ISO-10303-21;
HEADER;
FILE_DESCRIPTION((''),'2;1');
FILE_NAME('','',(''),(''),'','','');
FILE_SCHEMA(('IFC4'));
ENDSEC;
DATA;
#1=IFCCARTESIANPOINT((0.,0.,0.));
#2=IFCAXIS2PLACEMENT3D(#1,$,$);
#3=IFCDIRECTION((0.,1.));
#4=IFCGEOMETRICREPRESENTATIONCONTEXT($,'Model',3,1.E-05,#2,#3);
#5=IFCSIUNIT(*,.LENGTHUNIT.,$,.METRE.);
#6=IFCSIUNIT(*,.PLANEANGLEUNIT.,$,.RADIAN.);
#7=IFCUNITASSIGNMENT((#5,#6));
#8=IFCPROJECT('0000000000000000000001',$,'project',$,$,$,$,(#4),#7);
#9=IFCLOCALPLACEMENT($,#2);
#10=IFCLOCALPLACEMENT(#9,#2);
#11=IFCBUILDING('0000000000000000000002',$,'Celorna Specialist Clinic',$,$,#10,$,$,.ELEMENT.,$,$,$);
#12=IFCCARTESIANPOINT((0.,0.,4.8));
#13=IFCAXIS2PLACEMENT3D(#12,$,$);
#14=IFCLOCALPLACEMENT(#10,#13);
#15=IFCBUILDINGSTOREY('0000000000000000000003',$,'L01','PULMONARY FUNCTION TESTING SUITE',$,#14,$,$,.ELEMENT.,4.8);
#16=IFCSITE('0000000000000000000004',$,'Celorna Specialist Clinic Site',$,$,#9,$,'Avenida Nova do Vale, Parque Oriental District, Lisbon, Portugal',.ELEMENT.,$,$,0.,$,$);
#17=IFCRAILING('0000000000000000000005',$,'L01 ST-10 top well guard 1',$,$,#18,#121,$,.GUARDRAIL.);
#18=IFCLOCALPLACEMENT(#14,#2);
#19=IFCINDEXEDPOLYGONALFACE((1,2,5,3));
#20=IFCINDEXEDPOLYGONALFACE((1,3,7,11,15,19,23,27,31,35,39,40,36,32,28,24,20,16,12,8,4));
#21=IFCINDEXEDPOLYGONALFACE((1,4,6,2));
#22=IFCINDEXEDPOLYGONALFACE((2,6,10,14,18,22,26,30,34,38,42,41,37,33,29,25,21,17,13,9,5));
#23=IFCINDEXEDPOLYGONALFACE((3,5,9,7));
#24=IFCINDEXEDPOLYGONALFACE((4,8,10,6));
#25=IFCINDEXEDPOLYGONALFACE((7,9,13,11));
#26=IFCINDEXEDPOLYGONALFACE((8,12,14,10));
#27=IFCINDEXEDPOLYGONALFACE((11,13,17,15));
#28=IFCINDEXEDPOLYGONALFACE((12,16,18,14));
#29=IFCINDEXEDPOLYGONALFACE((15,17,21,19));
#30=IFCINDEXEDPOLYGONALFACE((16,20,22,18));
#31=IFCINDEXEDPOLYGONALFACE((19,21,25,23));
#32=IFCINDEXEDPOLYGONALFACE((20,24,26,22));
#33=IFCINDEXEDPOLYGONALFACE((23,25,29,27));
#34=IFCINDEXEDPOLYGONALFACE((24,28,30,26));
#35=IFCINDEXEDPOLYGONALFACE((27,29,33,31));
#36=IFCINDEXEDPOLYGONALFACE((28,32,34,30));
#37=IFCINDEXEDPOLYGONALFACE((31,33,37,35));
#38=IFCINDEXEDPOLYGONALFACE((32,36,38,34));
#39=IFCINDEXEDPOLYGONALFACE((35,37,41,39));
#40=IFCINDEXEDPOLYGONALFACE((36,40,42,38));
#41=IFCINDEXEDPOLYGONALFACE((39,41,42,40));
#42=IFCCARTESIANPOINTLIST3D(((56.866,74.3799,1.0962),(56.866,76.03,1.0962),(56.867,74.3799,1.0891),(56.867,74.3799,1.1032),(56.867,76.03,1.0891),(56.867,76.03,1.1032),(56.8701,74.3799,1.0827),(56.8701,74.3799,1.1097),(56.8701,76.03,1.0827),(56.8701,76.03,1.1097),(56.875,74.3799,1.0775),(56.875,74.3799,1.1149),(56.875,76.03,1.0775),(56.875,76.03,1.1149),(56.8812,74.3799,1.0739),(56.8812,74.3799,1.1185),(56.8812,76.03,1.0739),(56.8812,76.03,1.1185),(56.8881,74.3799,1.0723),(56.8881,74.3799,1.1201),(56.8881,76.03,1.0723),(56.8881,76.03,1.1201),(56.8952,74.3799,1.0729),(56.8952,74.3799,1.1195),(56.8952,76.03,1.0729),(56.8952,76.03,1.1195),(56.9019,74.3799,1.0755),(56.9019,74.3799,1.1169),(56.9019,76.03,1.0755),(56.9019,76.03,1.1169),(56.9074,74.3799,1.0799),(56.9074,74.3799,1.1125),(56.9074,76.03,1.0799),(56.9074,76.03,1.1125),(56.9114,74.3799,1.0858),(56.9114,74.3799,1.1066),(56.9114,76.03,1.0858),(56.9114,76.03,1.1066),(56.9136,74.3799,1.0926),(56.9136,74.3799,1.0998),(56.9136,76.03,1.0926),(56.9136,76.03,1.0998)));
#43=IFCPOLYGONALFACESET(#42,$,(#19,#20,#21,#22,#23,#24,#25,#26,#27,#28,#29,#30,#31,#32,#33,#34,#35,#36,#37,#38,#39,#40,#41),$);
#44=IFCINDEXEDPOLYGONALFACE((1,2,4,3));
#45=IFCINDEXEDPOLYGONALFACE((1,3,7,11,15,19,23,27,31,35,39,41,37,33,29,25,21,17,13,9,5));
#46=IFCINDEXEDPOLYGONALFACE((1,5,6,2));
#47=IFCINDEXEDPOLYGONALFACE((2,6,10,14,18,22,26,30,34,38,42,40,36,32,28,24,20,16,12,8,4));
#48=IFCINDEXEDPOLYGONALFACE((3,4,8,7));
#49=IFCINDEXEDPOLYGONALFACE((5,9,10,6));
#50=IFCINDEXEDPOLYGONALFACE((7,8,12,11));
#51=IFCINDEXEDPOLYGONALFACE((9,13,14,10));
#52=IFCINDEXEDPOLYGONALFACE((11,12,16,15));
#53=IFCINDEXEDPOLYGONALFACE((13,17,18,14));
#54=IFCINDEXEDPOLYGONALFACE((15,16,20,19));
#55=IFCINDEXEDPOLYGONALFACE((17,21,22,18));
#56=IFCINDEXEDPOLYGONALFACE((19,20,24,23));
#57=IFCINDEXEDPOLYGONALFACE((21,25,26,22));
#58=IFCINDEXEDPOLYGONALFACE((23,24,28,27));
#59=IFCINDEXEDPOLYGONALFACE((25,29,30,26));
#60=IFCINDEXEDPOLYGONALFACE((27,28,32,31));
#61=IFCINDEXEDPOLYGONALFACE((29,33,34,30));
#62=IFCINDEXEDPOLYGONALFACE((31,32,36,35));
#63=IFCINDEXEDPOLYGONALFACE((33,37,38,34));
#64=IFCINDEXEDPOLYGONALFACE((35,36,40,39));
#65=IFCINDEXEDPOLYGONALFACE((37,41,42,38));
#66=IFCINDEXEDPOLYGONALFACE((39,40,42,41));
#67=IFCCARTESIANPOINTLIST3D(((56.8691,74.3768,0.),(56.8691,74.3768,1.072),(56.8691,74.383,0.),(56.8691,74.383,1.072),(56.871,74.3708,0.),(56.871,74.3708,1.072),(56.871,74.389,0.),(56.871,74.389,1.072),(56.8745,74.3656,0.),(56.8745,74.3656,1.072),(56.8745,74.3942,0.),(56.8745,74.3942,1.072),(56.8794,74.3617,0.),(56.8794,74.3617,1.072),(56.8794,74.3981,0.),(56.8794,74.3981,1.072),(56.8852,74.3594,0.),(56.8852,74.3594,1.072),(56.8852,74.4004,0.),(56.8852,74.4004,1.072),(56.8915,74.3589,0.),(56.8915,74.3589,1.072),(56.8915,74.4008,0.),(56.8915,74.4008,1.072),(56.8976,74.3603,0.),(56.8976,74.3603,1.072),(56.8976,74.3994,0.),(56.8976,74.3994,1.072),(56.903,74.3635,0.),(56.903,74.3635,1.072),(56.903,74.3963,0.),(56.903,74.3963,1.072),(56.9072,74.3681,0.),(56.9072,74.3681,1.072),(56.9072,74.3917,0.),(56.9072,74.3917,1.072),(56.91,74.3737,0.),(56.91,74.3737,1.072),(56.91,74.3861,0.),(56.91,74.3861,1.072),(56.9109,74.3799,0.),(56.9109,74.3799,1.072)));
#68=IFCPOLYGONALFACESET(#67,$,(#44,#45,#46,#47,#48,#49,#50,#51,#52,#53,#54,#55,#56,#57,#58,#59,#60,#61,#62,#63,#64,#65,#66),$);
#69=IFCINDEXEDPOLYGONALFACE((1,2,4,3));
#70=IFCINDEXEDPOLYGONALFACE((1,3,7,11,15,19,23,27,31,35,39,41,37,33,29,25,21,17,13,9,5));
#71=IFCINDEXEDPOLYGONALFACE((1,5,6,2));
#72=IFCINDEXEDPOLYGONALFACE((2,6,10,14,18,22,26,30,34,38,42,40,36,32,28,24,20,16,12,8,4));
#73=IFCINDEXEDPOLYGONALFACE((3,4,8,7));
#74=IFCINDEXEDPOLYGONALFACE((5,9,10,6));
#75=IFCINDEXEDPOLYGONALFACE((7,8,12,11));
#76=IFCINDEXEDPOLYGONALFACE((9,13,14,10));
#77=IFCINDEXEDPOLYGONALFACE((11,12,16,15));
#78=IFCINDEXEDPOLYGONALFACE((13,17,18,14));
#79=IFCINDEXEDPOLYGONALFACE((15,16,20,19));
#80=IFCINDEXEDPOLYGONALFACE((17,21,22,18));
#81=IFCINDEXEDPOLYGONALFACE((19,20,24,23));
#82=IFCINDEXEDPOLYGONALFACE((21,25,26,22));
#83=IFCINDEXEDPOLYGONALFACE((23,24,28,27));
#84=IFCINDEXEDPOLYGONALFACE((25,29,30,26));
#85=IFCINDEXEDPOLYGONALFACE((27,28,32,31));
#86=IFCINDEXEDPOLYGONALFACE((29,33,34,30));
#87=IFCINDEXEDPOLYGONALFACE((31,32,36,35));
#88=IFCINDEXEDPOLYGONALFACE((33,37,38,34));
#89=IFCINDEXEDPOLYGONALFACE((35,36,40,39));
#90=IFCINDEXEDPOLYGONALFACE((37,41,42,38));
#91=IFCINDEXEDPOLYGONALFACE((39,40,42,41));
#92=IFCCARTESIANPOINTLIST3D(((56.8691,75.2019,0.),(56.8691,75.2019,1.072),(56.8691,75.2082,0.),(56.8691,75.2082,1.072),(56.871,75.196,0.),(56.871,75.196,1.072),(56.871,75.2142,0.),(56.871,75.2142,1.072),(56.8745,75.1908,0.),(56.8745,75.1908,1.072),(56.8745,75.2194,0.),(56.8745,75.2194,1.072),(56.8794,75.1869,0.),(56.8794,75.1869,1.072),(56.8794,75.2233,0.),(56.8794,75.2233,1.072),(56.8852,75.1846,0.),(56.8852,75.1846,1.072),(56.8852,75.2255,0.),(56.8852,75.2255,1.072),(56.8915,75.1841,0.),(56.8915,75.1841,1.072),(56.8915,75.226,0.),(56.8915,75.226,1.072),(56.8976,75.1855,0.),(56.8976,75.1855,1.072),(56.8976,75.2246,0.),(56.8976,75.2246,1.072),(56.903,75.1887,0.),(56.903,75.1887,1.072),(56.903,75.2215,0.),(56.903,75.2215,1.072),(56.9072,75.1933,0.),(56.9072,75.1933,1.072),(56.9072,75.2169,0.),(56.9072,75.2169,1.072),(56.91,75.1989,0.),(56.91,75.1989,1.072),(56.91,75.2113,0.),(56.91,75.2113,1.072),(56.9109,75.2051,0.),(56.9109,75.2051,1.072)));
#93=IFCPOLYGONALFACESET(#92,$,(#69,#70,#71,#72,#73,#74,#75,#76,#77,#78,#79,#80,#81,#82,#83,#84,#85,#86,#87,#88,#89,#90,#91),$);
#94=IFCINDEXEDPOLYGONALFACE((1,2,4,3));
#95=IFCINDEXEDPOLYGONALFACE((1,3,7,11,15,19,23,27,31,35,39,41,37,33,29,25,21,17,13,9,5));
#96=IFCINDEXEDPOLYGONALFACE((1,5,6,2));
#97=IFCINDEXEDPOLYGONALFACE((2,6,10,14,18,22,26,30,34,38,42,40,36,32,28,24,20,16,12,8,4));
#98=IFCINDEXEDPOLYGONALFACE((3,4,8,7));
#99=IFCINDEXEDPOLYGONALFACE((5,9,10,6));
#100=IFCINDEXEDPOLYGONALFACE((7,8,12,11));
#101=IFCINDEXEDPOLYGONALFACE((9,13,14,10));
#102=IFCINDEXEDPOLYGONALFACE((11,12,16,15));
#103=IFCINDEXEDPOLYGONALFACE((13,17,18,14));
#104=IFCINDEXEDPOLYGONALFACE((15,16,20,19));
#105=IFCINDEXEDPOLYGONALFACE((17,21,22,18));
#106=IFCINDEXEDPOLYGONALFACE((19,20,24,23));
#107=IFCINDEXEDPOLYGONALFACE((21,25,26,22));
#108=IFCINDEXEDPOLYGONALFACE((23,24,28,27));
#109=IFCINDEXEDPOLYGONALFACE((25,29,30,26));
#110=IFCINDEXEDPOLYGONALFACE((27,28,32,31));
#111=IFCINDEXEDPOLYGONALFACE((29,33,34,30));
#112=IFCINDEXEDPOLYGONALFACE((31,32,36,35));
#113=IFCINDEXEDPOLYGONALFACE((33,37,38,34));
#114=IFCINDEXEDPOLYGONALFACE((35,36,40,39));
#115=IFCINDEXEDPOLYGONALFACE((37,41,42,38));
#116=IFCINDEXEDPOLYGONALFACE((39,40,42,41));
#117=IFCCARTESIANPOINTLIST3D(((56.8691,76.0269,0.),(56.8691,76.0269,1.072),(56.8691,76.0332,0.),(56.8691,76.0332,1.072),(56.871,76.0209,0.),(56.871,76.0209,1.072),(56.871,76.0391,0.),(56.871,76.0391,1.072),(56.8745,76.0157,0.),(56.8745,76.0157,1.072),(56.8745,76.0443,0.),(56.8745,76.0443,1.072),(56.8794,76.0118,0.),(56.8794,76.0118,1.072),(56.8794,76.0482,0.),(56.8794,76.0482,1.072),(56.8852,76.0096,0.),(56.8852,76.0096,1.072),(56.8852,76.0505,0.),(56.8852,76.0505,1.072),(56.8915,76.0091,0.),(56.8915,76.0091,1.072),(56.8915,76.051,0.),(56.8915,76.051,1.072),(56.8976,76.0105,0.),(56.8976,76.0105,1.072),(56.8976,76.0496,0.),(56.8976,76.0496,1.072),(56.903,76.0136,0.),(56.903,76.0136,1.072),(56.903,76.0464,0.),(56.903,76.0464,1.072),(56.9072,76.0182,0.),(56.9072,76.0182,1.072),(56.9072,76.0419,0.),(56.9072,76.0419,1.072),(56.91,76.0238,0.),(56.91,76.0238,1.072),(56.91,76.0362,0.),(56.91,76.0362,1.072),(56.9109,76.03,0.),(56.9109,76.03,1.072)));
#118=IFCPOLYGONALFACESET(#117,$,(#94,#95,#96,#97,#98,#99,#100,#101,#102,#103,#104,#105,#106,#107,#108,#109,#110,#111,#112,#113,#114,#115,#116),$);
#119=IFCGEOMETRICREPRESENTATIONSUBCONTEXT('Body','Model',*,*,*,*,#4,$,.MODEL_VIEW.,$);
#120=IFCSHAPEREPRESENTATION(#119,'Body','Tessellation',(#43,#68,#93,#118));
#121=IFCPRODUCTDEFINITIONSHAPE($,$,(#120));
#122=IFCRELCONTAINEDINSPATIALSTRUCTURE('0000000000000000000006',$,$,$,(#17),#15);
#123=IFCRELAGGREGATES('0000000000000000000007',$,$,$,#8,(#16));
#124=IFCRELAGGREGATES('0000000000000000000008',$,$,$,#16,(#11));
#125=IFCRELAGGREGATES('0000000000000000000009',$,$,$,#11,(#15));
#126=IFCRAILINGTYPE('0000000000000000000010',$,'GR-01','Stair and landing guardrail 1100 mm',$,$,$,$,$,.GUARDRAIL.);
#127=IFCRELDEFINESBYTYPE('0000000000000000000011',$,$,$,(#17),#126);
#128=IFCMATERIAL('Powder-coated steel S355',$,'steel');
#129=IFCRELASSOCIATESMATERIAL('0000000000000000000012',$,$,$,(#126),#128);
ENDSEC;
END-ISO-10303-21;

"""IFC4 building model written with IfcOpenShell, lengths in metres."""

from ifc_helpers import new_model, si_unit, direction, frame, origin, origin_2d, place, context, subcontext, project, spatial, circle, extrude, material, type_object, element, save


model = new_model("IFC4")

# Units and contexts
model_context = context("Model", 3, precision=1e-05, world=origin(), true_north=direction((0.0, 1.0)))
body_context = subcontext(model_context, "Body", "Model", "MODEL_VIEW")
ifc_project = project(units=[si_unit("LENGTHUNIT", "METRE"), si_unit("PLANEANGLEUNIT", "RADIAN")], contexts=[model_context])

# Site, building, storey
site_placement = place(None, origin())
site = spatial("IfcSite", under=ifc_project, at=site_placement, Name="Celorna Specialist Clinic Site", LongName="Avenida Nova do Vale, Parque Oriental District, Lisbon, Portugal", CompositionType="ELEMENT", RefElevation=0.0)
building_placement = place(site_placement, origin())
building = spatial("IfcBuilding", under=site, at=building_placement, Name="Celorna Specialist Clinic", CompositionType="ELEMENT")
storey_placement = place(building_placement, frame((0.0, 0.0, 4.8)))
storey = spatial("IfcBuildingStorey", under=building, at=storey_placement, Name="L01", Description="PULMONARY FUNCTION TESTING SUITE", CompositionType="ELEMENT", Elevation=4.8)

# Railing
ifc_material_1 = material(Name="Powder-coated steel S355", Category="steel")
railing_type = type_object("IfcRailingType", Name="GR-01", Description="Stair and landing guardrail 1100 mm", PredefinedType="GUARDRAIL", material=ifc_material_1)
railing_placement = place(storey_placement, frame((56.8899, 74.3799, 0.0)))
element("IfcRailing", 1, at=railing_placement, inside=storey, type_object=railing_type, Name="L01 ST-10 top well guard 1", PredefinedType="GUARDRAIL", context=body_context, shape_type="SweptSolid", body=[
    extrude(circle(Radius=0.0239, at=origin_2d()), frame((0.0, 0.0, 1.0962), z_axis=(0.0, 1.0, 0.0), x_axis=(-1.0, 0.0, 0.0)), (0.0, 0.0, 1.0), 1.6501),
    extrude(circle(Radius=0.021, at=origin_2d()), origin(), (0.0, 0.0, 1.0), 1.072),
    extrude(circle(Radius=0.021, at=origin_2d()), frame((0.0, 0.8252, 0.0)), (0.0, 0.0, 1.0), 1.072),
    extrude(circle(Radius=0.021, at=origin_2d()), frame((0.0, 1.6501, 0.0)), (0.0, 0.0, 1.0), 1.072),
])

save(model, "model.ifc")
